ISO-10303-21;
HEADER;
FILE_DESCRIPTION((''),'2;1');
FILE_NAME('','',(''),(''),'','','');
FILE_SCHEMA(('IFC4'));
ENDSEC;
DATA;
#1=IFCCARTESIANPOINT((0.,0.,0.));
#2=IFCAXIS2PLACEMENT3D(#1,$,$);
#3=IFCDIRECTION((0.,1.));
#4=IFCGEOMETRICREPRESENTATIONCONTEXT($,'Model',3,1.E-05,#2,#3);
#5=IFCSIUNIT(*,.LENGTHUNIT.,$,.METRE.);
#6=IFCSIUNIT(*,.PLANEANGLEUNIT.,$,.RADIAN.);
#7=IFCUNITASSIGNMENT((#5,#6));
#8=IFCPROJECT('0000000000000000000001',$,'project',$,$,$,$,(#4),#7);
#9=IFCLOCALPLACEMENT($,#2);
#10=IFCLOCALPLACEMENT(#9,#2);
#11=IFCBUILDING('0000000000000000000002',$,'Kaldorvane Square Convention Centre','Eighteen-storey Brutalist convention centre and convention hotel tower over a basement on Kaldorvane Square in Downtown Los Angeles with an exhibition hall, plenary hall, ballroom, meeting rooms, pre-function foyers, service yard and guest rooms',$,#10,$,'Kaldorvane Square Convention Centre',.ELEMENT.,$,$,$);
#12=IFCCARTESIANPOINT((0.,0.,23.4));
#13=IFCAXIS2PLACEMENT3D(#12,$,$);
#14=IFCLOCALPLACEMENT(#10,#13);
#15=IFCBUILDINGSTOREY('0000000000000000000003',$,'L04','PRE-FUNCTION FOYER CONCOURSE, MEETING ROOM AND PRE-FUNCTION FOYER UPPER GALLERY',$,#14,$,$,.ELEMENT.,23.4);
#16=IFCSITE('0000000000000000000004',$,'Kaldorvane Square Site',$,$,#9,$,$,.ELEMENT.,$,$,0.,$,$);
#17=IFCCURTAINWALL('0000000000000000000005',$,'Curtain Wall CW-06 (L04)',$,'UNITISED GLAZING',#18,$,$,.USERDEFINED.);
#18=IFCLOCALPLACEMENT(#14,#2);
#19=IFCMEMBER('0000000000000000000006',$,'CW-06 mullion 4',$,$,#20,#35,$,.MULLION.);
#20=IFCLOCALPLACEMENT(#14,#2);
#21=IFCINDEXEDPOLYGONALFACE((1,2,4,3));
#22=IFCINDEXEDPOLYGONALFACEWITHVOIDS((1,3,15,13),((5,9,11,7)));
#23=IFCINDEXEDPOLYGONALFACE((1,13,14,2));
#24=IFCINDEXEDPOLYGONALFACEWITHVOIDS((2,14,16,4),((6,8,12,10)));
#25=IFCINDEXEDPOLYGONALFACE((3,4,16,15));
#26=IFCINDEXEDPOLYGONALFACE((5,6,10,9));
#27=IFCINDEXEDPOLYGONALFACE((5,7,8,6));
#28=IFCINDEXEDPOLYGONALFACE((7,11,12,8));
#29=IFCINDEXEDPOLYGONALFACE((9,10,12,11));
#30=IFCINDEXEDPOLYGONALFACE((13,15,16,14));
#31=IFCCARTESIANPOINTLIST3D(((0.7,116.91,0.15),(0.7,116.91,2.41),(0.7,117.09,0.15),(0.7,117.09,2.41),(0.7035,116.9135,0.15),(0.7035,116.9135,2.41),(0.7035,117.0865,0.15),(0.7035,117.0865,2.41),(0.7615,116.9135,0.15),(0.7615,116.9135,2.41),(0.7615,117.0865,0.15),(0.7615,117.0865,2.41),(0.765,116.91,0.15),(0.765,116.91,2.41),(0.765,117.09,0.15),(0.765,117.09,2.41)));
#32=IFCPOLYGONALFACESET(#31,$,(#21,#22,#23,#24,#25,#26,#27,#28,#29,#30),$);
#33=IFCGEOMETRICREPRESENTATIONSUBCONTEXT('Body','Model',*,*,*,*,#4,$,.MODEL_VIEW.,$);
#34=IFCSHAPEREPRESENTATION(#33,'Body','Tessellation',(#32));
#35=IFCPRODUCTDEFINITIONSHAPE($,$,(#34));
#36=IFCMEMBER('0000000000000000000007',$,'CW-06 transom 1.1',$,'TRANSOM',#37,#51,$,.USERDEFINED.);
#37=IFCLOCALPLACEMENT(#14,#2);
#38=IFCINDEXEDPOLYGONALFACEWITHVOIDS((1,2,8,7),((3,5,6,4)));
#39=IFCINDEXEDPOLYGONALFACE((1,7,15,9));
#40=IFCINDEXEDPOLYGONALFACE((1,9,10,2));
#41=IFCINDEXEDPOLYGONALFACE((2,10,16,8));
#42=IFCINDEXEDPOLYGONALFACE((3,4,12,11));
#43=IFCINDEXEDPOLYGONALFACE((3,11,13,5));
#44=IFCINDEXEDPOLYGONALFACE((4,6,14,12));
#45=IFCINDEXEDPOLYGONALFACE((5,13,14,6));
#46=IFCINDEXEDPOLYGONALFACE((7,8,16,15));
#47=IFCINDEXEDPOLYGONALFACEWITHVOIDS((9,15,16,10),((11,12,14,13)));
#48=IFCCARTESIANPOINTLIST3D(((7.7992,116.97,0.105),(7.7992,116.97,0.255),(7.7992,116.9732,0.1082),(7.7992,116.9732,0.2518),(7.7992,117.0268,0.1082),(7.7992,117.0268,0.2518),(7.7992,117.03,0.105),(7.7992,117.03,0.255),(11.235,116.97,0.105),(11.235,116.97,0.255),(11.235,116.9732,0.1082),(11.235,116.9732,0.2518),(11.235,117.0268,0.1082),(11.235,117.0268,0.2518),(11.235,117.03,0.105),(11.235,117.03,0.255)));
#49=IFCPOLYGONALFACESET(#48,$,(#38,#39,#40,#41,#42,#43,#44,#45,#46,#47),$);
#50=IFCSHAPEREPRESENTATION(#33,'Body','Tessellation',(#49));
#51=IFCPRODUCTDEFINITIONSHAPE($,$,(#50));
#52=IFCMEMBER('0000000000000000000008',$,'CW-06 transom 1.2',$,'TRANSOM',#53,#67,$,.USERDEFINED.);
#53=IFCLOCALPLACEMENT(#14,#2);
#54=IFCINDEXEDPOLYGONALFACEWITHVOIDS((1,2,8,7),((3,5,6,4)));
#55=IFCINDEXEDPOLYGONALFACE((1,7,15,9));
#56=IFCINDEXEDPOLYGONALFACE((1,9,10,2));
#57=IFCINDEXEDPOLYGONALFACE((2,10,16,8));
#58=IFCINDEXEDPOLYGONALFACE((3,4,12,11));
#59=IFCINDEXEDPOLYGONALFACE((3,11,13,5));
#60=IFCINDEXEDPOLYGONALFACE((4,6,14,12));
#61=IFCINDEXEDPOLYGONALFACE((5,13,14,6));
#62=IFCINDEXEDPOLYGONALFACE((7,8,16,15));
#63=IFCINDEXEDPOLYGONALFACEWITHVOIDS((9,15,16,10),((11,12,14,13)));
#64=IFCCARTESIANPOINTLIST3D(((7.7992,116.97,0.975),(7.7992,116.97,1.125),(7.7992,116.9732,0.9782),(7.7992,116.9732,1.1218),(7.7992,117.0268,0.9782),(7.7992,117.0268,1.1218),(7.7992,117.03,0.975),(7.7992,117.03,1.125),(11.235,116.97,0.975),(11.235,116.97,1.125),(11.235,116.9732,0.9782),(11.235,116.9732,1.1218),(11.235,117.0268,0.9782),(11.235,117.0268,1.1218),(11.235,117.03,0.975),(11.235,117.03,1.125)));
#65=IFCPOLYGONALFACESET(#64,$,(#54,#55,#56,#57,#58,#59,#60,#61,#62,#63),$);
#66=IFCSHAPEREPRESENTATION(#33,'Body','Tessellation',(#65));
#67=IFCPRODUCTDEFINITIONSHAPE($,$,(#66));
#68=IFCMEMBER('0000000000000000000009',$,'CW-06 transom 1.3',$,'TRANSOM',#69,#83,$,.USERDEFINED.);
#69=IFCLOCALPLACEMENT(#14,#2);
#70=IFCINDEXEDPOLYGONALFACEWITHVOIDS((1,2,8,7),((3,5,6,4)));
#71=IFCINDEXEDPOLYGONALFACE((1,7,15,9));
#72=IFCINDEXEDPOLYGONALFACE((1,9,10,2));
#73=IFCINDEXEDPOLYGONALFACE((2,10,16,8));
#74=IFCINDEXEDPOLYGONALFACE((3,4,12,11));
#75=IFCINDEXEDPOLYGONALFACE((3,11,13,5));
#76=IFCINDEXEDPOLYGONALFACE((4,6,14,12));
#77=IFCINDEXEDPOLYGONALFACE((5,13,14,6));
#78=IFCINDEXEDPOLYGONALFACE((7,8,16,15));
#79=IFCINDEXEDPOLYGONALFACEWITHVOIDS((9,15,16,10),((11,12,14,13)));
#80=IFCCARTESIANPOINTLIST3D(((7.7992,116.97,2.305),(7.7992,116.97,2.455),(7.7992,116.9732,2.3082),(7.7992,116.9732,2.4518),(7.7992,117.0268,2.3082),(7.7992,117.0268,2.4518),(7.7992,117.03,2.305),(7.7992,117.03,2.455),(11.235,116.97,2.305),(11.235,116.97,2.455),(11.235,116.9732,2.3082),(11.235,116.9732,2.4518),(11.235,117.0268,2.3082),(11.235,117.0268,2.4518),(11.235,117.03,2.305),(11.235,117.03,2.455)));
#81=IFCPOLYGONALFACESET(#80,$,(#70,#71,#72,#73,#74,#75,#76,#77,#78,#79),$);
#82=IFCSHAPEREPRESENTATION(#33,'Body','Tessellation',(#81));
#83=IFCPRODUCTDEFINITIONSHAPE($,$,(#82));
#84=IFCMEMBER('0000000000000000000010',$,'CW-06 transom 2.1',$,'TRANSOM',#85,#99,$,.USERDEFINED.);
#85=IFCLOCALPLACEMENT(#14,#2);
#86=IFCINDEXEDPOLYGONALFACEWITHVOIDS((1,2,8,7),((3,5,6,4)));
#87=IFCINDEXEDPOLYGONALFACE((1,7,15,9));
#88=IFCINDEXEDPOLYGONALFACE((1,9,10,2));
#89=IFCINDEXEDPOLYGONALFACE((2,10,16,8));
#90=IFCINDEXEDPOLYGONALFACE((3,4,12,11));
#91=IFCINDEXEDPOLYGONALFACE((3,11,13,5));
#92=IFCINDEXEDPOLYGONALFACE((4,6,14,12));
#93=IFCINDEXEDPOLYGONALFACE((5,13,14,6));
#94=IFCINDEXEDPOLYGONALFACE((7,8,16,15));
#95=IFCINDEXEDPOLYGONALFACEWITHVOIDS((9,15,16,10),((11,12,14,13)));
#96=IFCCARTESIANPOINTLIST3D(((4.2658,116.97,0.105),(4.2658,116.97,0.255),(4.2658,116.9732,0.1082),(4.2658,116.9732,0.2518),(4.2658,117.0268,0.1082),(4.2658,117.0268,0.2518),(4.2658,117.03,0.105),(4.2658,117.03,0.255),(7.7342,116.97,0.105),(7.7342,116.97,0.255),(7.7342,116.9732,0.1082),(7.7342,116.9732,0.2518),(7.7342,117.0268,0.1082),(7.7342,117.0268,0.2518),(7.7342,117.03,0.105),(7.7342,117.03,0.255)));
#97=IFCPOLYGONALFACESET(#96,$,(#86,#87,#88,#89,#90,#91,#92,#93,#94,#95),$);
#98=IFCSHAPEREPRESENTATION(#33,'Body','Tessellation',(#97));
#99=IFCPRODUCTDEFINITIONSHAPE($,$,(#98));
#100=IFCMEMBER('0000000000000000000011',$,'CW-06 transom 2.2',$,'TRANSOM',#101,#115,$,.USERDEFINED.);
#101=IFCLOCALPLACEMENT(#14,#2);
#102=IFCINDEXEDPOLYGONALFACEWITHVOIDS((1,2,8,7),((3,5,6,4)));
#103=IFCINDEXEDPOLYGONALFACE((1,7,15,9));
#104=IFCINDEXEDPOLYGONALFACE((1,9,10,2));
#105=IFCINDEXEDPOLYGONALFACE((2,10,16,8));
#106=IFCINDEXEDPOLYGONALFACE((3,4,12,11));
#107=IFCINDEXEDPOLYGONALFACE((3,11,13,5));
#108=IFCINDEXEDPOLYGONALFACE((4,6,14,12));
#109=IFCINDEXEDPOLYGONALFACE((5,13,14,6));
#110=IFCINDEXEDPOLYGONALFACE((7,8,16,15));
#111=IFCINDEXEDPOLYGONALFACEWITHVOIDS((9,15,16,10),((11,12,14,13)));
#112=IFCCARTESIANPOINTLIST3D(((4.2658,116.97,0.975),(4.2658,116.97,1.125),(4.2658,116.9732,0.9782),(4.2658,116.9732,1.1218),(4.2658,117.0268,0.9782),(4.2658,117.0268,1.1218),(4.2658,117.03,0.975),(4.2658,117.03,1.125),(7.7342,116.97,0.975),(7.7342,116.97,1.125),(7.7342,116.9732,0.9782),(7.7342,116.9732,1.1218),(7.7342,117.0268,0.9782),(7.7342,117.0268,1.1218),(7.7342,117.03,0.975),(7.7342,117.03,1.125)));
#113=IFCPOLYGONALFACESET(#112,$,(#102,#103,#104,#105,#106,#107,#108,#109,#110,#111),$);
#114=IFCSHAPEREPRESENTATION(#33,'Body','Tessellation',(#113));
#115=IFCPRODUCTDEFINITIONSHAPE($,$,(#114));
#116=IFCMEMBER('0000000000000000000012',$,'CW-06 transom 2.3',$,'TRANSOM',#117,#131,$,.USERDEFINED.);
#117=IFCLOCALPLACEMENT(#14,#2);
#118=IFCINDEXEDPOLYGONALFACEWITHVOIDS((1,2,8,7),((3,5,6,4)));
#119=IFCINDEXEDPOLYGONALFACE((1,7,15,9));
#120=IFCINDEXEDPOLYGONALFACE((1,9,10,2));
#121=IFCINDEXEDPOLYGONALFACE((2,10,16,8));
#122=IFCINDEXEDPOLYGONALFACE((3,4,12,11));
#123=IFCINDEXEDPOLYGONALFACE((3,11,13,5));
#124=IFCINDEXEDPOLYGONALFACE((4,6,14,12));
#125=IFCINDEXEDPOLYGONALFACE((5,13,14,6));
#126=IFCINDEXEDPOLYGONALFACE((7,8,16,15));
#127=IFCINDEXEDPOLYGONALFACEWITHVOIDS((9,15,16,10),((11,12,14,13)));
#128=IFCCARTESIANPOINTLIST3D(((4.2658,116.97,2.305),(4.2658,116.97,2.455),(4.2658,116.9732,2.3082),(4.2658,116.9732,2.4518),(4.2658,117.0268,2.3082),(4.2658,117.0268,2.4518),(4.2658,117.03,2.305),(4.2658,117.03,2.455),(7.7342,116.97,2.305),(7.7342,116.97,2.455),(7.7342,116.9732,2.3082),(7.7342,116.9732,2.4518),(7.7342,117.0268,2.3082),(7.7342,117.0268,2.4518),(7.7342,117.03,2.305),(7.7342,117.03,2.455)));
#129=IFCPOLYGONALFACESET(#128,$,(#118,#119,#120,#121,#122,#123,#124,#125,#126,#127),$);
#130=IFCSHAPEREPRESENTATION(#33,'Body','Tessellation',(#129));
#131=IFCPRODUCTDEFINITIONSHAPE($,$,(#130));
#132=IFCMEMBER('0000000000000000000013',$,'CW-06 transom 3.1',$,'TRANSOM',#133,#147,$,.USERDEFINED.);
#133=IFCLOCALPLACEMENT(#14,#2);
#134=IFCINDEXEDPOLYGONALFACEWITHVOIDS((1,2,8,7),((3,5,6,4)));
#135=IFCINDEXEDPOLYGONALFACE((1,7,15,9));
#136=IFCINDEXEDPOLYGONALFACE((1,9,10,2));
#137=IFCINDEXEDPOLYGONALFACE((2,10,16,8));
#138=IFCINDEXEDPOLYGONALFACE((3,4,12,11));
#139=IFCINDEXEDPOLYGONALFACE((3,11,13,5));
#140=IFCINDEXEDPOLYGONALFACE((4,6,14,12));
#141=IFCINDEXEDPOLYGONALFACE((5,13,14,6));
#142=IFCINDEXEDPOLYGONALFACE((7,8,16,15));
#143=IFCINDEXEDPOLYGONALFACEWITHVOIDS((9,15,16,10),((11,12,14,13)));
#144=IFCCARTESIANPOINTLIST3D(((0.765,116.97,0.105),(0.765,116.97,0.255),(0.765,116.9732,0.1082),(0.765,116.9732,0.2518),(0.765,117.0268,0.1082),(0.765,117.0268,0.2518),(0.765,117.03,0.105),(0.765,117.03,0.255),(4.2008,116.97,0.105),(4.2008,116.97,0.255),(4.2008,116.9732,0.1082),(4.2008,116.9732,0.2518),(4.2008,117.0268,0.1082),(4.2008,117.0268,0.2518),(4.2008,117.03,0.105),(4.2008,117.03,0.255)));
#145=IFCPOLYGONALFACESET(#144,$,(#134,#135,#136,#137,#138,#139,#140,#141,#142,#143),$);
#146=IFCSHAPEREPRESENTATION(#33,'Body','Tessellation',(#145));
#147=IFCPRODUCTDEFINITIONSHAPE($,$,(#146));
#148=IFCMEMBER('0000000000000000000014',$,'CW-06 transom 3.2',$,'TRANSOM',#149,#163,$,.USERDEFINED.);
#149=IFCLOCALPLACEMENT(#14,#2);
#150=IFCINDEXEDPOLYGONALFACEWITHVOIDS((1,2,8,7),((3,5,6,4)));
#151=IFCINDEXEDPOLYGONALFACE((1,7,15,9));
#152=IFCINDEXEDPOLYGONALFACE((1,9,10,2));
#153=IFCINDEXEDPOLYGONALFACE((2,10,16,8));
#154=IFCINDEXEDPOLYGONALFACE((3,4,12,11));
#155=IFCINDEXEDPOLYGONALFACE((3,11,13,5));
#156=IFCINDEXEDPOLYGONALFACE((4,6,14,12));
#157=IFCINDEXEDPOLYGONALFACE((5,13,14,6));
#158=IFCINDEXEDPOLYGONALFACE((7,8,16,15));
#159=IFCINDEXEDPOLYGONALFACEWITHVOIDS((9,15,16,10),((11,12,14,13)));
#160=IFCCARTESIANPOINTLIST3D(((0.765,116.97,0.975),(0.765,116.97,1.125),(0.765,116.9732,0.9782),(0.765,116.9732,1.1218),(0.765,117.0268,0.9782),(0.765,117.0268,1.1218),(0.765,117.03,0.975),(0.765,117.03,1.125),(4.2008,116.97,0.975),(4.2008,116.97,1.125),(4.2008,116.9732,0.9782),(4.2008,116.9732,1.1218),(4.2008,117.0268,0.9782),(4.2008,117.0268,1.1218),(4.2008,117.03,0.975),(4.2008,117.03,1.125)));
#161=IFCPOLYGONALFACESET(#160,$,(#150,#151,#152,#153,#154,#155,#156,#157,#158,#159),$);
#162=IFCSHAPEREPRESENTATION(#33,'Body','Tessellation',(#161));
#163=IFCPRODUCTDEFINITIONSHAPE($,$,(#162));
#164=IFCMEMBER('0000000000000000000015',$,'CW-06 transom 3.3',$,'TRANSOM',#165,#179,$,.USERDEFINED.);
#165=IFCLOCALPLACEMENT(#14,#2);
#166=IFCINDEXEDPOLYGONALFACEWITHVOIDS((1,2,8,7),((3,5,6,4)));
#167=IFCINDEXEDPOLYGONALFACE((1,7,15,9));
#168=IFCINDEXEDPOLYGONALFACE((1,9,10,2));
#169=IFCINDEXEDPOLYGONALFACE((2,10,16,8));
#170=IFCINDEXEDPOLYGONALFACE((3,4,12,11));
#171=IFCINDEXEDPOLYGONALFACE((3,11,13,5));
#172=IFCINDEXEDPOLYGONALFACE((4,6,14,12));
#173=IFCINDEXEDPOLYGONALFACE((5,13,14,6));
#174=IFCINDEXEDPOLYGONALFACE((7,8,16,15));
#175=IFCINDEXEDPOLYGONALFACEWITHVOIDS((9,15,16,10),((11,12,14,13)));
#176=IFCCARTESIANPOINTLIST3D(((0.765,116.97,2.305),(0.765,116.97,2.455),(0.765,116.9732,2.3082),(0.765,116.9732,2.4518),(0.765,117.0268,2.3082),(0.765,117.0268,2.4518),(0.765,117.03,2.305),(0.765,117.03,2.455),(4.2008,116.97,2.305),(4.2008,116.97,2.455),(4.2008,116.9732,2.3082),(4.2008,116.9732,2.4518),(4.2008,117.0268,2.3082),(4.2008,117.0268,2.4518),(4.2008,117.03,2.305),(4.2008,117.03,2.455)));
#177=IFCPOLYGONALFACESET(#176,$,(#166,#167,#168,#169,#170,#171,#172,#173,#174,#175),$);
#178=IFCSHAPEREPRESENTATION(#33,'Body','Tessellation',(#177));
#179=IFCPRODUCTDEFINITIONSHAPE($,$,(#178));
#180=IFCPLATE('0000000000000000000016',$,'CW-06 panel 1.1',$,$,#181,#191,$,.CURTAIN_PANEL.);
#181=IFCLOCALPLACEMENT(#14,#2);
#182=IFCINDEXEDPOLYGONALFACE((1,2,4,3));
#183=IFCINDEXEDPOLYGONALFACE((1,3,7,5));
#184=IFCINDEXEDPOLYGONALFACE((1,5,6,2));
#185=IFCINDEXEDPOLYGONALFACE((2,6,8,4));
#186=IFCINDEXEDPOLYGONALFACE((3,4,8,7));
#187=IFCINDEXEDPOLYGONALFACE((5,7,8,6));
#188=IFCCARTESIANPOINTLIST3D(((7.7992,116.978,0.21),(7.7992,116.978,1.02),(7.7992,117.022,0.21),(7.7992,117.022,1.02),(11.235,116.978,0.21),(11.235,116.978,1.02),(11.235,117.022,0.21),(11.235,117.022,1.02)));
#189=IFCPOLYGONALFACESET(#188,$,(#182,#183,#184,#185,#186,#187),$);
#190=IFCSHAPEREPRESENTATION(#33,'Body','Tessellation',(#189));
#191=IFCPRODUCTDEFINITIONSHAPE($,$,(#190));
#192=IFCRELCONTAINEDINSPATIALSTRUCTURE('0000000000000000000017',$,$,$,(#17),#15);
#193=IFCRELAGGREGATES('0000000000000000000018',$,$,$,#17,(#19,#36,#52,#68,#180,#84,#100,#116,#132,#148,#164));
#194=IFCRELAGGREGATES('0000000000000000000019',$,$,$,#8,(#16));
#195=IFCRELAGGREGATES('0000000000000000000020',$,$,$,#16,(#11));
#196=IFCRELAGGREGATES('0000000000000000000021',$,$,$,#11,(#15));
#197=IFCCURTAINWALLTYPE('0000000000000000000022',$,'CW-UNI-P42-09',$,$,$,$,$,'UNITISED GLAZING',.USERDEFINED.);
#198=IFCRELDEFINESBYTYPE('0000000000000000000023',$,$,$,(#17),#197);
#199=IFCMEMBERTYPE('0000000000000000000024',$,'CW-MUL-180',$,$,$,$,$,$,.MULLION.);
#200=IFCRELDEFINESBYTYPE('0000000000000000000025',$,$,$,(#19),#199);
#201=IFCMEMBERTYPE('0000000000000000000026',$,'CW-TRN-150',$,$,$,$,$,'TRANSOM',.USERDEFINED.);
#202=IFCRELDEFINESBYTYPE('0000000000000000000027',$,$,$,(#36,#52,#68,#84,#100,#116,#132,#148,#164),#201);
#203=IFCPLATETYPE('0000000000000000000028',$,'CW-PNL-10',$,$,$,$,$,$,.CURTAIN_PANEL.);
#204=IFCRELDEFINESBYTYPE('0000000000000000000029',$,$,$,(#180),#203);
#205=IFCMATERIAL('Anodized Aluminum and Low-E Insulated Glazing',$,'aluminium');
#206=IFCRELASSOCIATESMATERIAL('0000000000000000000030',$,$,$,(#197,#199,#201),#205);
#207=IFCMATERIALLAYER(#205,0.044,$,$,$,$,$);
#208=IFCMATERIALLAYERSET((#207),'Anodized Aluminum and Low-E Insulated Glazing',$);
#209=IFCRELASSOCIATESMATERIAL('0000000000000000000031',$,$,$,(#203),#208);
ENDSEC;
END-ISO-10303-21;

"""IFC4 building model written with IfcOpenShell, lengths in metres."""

from ifc_helpers import new_model, si_unit, direction, frame, origin, origin_2d, place, context, subcontext, project, spatial, rectangle, hollow_rectangle, extrude, material, layer, layer_set, material_profile, profile_set, type_object, element, aggregate, save


model = new_model("IFC4")

# Units and contexts
model_context = context("Model", 3, precision=1e-05, world=origin(), true_north=direction((0.0, 1.0)))
body_context = subcontext(model_context, "Body", "Model", "MODEL_VIEW")
ifc_project = project(units=[si_unit("LENGTHUNIT", "METRE"), si_unit("PLANEANGLEUNIT", "RADIAN")], contexts=[model_context])

# Site, building, storey
site_placement = place(None, origin())
site = spatial("IfcSite", under=ifc_project, at=site_placement, Name="Kaldorvane Square Site", CompositionType="ELEMENT", RefElevation=0.0)
building_placement = place(site_placement, origin())
building = spatial("IfcBuilding", under=site, at=building_placement, Name="Kaldorvane Square Convention Centre", Description="Eighteen-storey Brutalist convention centre and convention hotel tower over a basement on Kaldorvane Square in Downtown Los Angeles with an exhibition hall, plenary hall, ballroom, meeting rooms, pre-function foyers, service yard and guest rooms", LongName="Kaldorvane Square Convention Centre", CompositionType="ELEMENT")
storey_placement = place(building_placement, frame((0.0, 0.0, 23.4)))
storey = spatial("IfcBuildingStorey", under=building, at=storey_placement, Name="L04", Description="PRE-FUNCTION FOYER CONCOURSE, MEETING ROOM AND PRE-FUNCTION FOYER UPPER GALLERY", CompositionType="ELEMENT", Elevation=23.4)

# Curtain wall, members, plate
ifc_material_1 = material(Name="Anodized Aluminum and Low-E Insulated Glazing", Category="aluminium")
curtain_wall_type = type_object("IfcCurtainWallType", Name="CW-UNI-P42-09", ElementType="UNITISED GLAZING", PredefinedType="USERDEFINED", material=ifc_material_1)
curtain_wall_placement = place(storey_placement, origin())
curtain_wall = element("IfcCurtainWall", 1, at=curtain_wall_placement, inside=storey, type_object=curtain_wall_type, Name="Curtain Wall CW-06 (L04)", ObjectType="UNITISED GLAZING", PredefinedType="USERDEFINED")
ifc_material_profile_1 = material_profile(ifc_material_1, hollow_rectangle(XDim=0.065, YDim=0.18, WallThickness=0.0035, at=origin_2d()), Name="CWM-180X65")
ifc_profile_set_1 = profile_set([ifc_material_profile_1], Name="Anodized Aluminum and Low-E Insulated Glazing")
member_type_1 = type_object("IfcMemberType", Name="CW-MUL-180", PredefinedType="MULLION", material=ifc_profile_set_1)
member_1_placement = place(storey_placement, frame((0.7325, 117.0, 0.15), z_axis=(0.0, 0.0, 1.0), x_axis=(-1.0, 0.0, 0.0)))
member_1 = element("IfcMember", 2, at=member_1_placement, type_object=member_type_1, Name="CW-06 mullion 4", PredefinedType="MULLION", context=body_context, shape_type="SweptSolid", body=[
    extrude(hollow_rectangle(XDim=0.065, YDim=0.18, WallThickness=0.0035, at=origin_2d()), origin(), (0.0, 0.0, 1.0), 2.26),
])
ifc_material_profile_2 = material_profile(ifc_material_1, hollow_rectangle(XDim=0.06, YDim=0.15, WallThickness=0.0032, at=origin_2d()), Name="CWT-150X60")
ifc_profile_set_2 = profile_set([ifc_material_profile_2], Name="Anodized Aluminum and Low-E Insulated Glazing")
member_type_2 = type_object("IfcMemberType", Name="CW-TRN-150", ElementType="TRANSOM", PredefinedType="USERDEFINED", material=ifc_profile_set_2)
member_2_placement = place(storey_placement, frame((11.235, 117.0, 0.18), z_axis=(-1.0, 0.0, 0.0), x_axis=(0.0, -1.0, 0.0)))
member_2 = element("IfcMember", 3, at=member_2_placement, type_object=member_type_2, Name="CW-06 transom 1.1", ObjectType="TRANSOM", PredefinedType="USERDEFINED", context=body_context, shape_type="SweptSolid", body=[
    extrude(hollow_rectangle(XDim=0.06, YDim=0.15, WallThickness=0.0032, at=origin_2d()), origin(), (0.0, 0.0, 1.0), 3.4358),
])
member_3_placement = place(storey_placement, frame((11.235, 117.0, 1.05), z_axis=(-1.0, 0.0, 0.0), x_axis=(0.0, -1.0, 0.0)))
member_3 = element("IfcMember", 4, at=member_3_placement, type_object=member_type_2, Name="CW-06 transom 1.2", ObjectType="TRANSOM", PredefinedType="USERDEFINED", context=body_context, shape_type="SweptSolid", body=[
    extrude(hollow_rectangle(XDim=0.06, YDim=0.15, WallThickness=0.0032, at=origin_2d()), origin(), (0.0, 0.0, 1.0), 3.4358),
])
member_4_placement = place(storey_placement, frame((11.235, 117.0, 2.38), z_axis=(-1.0, 0.0, 0.0), x_axis=(0.0, -1.0, 0.0)))
member_4 = element("IfcMember", 5, at=member_4_placement, type_object=member_type_2, Name="CW-06 transom 1.3", ObjectType="TRANSOM", PredefinedType="USERDEFINED", context=body_context, shape_type="SweptSolid", body=[
    extrude(hollow_rectangle(XDim=0.06, YDim=0.15, WallThickness=0.0032, at=origin_2d()), origin(), (0.0, 0.0, 1.0), 3.4358),
])
member_5_placement = place(storey_placement, frame((7.7342, 117.0, 0.18), z_axis=(-1.0, 0.0, 0.0), x_axis=(0.0, -1.0, 0.0)))
member_5 = element("IfcMember", 6, at=member_5_placement, type_object=member_type_2, Name="CW-06 transom 2.1", ObjectType="TRANSOM", PredefinedType="USERDEFINED", context=body_context, shape_type="SweptSolid", body=[
    extrude(hollow_rectangle(XDim=0.06, YDim=0.15, WallThickness=0.0032, at=origin_2d()), origin(), (0.0, 0.0, 1.0), 3.4683),
])
member_6_placement = place(storey_placement, frame((7.7342, 117.0, 1.05), z_axis=(-1.0, 0.0, 0.0), x_axis=(0.0, -1.0, 0.0)))
member_6 = element("IfcMember", 7, at=member_6_placement, type_object=member_type_2, Name="CW-06 transom 2.2", ObjectType="TRANSOM", PredefinedType="USERDEFINED", context=body_context, shape_type="SweptSolid", body=[
    extrude(hollow_rectangle(XDim=0.06, YDim=0.15, WallThickness=0.0032, at=origin_2d()), origin(), (0.0, 0.0, 1.0), 3.4683),
])
member_7_placement = place(storey_placement, frame((7.7342, 117.0, 2.38), z_axis=(-1.0, 0.0, 0.0), x_axis=(0.0, -1.0, 0.0)))
member_7 = element("IfcMember", 8, at=member_7_placement, type_object=member_type_2, Name="CW-06 transom 2.3", ObjectType="TRANSOM", PredefinedType="USERDEFINED", context=body_context, shape_type="SweptSolid", body=[
    extrude(hollow_rectangle(XDim=0.06, YDim=0.15, WallThickness=0.0032, at=origin_2d()), origin(), (0.0, 0.0, 1.0), 3.4683),
])
member_8_placement = place(storey_placement, frame((4.2008, 117.0, 0.18), z_axis=(-1.0, 0.0, 0.0), x_axis=(0.0, -1.0, 0.0)))
member_8 = element("IfcMember", 9, at=member_8_placement, type_object=member_type_2, Name="CW-06 transom 3.1", ObjectType="TRANSOM", PredefinedType="USERDEFINED", context=body_context, shape_type="SweptSolid", body=[
    extrude(hollow_rectangle(XDim=0.06, YDim=0.15, WallThickness=0.0032, at=origin_2d()), origin(), (0.0, 0.0, 1.0), 3.4358),
])
member_9_placement = place(storey_placement, frame((4.2008, 117.0, 1.05), z_axis=(-1.0, 0.0, 0.0), x_axis=(0.0, -1.0, 0.0)))
member_9 = element("IfcMember", 10, at=member_9_placement, type_object=member_type_2, Name="CW-06 transom 3.2", ObjectType="TRANSOM", PredefinedType="USERDEFINED", context=body_context, shape_type="SweptSolid", body=[
    extrude(hollow_rectangle(XDim=0.06, YDim=0.15, WallThickness=0.0032, at=origin_2d()), origin(), (0.0, 0.0, 1.0), 3.4358),
])
member_10_placement = place(storey_placement, frame((4.2008, 117.0, 2.38), z_axis=(-1.0, 0.0, 0.0), x_axis=(0.0, -1.0, 0.0)))
member_10 = element("IfcMember", 11, at=member_10_placement, type_object=member_type_2, Name="CW-06 transom 3.3", ObjectType="TRANSOM", PredefinedType="USERDEFINED", context=body_context, shape_type="SweptSolid", body=[
    extrude(hollow_rectangle(XDim=0.06, YDim=0.15, WallThickness=0.0032, at=origin_2d()), origin(), (0.0, 0.0, 1.0), 3.4358),
])
ifc_layer_1 = layer(ifc_material_1, 0.044)
ifc_layer_set_1 = layer_set([ifc_layer_1], Name="Anodized Aluminum and Low-E Insulated Glazing")
plate_type = type_object("IfcPlateType", Name="CW-PNL-10", PredefinedType="CURTAIN_PANEL", material=ifc_layer_set_1)
plate_1_placement = place(storey_placement, frame((9.5171, 117.0, 0.21), z_axis=(0.0, 0.0, 1.0), x_axis=(-1.0, 0.0, 0.0)))
plate_1 = element("IfcPlate", 12, at=plate_1_placement, type_object=plate_type, Name="CW-06 panel 1.1", PredefinedType="CURTAIN_PANEL", context=body_context, shape_type="SweptSolid", body=[
    extrude(rectangle(XDim=3.4358, YDim=0.044, at=origin_2d()), origin(), (0.0, 0.0, 1.0), 0.81),
])
aggregate(curtain_wall, [member_1, member_2, member_3, member_4, plate_1, member_5, member_6, member_7, member_8, member_9, member_10])

save(model, "model.ifc")
